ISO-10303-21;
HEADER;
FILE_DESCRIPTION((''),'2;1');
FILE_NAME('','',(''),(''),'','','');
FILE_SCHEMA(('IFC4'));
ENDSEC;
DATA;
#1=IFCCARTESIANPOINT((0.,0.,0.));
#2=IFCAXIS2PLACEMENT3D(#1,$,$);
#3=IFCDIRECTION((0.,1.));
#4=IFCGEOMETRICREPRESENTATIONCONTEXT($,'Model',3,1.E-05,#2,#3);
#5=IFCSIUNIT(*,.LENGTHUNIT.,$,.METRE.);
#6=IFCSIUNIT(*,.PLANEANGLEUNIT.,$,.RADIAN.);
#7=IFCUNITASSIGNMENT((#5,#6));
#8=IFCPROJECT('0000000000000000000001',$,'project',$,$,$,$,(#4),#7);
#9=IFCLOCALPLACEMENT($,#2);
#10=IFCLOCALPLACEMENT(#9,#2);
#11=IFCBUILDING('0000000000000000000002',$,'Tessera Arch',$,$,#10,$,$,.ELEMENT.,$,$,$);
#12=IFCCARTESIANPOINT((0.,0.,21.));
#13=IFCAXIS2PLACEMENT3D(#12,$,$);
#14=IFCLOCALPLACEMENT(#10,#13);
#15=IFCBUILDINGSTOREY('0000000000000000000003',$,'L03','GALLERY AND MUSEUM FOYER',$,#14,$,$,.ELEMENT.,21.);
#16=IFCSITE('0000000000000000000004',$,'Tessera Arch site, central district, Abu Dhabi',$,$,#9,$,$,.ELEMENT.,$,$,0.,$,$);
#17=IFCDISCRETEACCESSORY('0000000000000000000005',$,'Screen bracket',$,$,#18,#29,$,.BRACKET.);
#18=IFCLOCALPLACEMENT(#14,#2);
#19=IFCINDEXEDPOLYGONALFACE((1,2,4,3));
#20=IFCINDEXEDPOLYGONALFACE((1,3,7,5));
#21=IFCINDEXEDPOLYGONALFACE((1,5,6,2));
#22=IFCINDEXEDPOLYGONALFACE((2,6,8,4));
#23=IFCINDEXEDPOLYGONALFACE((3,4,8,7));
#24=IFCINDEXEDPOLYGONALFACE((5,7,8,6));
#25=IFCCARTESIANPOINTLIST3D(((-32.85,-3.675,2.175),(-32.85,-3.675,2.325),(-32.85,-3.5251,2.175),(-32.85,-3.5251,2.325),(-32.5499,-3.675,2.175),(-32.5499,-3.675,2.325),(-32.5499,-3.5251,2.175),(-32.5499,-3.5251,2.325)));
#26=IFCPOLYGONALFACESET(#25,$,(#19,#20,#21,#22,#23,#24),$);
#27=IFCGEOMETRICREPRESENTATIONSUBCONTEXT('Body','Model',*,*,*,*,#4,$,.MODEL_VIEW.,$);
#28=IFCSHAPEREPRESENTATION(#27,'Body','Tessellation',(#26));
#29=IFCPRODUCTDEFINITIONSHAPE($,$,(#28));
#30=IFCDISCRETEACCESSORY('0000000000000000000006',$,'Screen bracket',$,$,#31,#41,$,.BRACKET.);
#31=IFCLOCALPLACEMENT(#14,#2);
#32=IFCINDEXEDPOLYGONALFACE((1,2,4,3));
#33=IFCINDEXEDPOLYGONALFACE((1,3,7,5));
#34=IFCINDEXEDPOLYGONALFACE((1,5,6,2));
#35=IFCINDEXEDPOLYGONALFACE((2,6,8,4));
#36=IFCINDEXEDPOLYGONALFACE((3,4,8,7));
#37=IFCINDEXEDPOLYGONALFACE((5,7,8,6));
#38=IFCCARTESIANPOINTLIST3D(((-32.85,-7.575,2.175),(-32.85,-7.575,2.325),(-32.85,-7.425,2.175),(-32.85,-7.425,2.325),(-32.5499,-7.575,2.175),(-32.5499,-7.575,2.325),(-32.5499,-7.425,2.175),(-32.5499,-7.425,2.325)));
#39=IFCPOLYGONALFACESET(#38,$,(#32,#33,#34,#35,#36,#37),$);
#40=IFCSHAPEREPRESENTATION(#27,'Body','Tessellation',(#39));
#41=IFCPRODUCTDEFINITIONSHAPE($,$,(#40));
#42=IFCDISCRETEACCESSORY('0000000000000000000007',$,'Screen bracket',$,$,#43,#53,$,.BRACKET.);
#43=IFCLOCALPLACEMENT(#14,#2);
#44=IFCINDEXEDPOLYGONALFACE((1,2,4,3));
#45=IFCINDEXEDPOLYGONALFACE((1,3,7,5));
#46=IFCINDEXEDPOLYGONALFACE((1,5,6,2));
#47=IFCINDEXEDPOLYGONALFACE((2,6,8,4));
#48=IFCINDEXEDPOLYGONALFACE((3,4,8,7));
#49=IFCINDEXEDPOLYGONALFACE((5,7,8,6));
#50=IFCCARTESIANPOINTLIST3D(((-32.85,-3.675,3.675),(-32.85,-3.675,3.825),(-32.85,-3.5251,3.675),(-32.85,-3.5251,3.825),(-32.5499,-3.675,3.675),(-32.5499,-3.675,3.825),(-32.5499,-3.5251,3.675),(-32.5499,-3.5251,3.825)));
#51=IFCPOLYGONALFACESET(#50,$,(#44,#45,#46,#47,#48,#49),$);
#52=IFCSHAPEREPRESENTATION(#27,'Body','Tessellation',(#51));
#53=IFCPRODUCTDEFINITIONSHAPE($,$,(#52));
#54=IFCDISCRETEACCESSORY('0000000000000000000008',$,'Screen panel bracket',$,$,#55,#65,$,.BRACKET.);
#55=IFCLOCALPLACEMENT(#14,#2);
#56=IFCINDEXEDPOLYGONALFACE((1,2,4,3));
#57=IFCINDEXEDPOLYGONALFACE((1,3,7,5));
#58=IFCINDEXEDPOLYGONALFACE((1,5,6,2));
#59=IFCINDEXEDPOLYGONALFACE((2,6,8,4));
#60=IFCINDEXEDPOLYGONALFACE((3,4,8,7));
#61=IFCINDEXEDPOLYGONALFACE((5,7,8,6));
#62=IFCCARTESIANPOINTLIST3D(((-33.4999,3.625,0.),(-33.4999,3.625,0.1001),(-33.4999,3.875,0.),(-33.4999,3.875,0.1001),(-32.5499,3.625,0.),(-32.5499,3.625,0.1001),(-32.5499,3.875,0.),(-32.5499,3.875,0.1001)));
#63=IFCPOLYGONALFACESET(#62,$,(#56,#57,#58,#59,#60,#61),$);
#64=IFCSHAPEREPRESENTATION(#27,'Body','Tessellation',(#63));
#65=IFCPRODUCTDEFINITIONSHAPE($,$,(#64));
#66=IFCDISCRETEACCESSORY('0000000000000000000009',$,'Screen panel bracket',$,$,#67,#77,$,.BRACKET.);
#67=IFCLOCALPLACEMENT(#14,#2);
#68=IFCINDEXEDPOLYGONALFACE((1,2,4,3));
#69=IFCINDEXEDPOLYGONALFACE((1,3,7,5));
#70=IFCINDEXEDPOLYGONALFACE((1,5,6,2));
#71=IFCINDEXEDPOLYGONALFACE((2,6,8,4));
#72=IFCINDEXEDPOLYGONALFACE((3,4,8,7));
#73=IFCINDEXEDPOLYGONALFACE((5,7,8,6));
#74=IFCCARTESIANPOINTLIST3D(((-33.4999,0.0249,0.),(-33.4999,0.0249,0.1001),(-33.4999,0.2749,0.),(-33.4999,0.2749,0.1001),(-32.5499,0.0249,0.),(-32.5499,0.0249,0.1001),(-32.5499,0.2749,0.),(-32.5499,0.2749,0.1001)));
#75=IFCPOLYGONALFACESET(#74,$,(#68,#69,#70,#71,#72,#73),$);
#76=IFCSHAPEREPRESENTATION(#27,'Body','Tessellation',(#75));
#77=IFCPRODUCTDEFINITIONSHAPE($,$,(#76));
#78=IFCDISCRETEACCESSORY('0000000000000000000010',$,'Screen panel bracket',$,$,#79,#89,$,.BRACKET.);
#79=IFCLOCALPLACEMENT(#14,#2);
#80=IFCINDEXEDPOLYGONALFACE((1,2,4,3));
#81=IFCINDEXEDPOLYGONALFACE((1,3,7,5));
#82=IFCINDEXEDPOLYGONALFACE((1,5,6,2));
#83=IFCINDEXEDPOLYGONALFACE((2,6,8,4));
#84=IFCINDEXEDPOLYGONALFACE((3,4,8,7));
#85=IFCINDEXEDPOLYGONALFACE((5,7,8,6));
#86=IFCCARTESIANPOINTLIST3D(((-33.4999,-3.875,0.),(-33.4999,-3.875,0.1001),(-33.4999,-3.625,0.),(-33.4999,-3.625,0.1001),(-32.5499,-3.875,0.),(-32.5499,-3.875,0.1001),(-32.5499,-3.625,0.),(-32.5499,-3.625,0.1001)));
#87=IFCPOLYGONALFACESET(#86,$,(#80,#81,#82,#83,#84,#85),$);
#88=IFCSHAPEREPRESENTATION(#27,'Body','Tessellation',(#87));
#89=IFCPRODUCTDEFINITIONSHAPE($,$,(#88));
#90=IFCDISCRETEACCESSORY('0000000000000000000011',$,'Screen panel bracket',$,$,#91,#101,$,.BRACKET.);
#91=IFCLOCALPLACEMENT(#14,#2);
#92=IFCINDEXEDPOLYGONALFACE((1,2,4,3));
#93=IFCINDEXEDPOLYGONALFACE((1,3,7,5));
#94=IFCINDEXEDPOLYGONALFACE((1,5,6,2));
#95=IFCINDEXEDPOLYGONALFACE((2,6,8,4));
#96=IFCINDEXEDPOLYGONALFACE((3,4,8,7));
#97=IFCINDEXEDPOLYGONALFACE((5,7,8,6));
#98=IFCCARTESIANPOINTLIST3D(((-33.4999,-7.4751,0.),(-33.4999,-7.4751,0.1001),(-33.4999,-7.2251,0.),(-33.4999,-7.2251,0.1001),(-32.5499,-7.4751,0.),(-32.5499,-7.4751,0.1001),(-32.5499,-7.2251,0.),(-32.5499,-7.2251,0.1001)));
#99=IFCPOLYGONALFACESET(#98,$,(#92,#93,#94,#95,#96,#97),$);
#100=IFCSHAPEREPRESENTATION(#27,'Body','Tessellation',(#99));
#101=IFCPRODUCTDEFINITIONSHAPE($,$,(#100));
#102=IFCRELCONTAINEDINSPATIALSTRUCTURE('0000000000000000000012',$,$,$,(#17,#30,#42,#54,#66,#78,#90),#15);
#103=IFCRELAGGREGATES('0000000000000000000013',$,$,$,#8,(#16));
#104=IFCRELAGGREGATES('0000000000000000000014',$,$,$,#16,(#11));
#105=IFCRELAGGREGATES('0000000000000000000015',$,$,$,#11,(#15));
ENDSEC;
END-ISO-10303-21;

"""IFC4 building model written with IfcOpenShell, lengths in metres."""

from ifc_helpers import new_model, si_unit, direction, frame, origin, origin_2d, place, context, subcontext, project, spatial, rectangle, extrude, element, save


model = new_model("IFC4")

# Units and contexts
model_context = context("Model", 3, precision=1e-05, world=origin(), true_north=direction((0.0, 1.0)))
body_context = subcontext(model_context, "Body", "Model", "MODEL_VIEW")
ifc_project = project(units=[si_unit("LENGTHUNIT", "METRE"), si_unit("PLANEANGLEUNIT", "RADIAN")], contexts=[model_context])

# Site, building, storey
site_placement = place(None, origin())
site = spatial("IfcSite", under=ifc_project, at=site_placement, Name="Tessera Arch site, central district, Abu Dhabi", CompositionType="ELEMENT", RefElevation=0.0)
building_placement = place(site_placement, origin())
building = spatial("IfcBuilding", under=site, at=building_placement, Name="Tessera Arch", CompositionType="ELEMENT")
storey_placement = place(building_placement, frame((0.0, 0.0, 21.0)))
storey = spatial("IfcBuildingStorey", under=building, at=storey_placement, Name="L03", Description="GALLERY AND MUSEUM FOYER", CompositionType="ELEMENT", Elevation=21.0)

# Discrete accessories
for number, where, z_axis, x_axis, name in (
    (1, (-32.7, -3.6001, 2.175), (0.0, 0.0, 1.0), (-1.0, 0.0, 0.0), "Screen bracket"),
    (2, (-32.7, -7.5, 2.175), (0.0, 0.0, 1.0), (-1.0, 0.0, 0.0), "Screen bracket"),
    (3, (-32.7, -3.6001, 3.675), (0.0, 0.0, 1.0), (-1.0, 0.0, 0.0), "Screen bracket"),
):
    element("IfcDiscreteAccessory", number, at=place(storey_placement, frame(where, z_axis=z_axis, x_axis=x_axis)), inside=storey, Name=name, PredefinedType="BRACKET", context=body_context, shape_type="SweptSolid", body=[
        extrude(rectangle(XDim=0.3, YDim=0.1499, at=origin_2d()), origin(), (0.0, 0.0, 1.0), 0.1499),
    ])
for number, where, z_axis, x_axis, name in (
    (4, (-33.0249, 3.75, 0.0), (0.0, 0.0, 1.0), (-1.0, 0.0, 0.0), "Screen panel bracket"),
    (5, (-33.0249, 0.1499, 0.0), (0.0, 0.0, 1.0), (-1.0, 0.0, 0.0), "Screen panel bracket"),
    (6, (-33.0249, -3.75, 0.0), (0.0, 0.0, 1.0), (-1.0, 0.0, 0.0), "Screen panel bracket"),
    (7, (-33.0249, -7.3501, 0.0), (0.0, 0.0, 1.0), (-1.0, 0.0, 0.0), "Screen panel bracket"),
):
    element("IfcDiscreteAccessory", number, at=place(storey_placement, frame(where, z_axis=z_axis, x_axis=x_axis)), inside=storey, Name=name, PredefinedType="BRACKET", context=body_context, shape_type="SweptSolid", body=[
        extrude(rectangle(XDim=0.95, YDim=0.25, at=origin_2d()), origin(), (0.0, 0.0, 1.0), 0.1001),
    ])

save(model, "model.ifc")
